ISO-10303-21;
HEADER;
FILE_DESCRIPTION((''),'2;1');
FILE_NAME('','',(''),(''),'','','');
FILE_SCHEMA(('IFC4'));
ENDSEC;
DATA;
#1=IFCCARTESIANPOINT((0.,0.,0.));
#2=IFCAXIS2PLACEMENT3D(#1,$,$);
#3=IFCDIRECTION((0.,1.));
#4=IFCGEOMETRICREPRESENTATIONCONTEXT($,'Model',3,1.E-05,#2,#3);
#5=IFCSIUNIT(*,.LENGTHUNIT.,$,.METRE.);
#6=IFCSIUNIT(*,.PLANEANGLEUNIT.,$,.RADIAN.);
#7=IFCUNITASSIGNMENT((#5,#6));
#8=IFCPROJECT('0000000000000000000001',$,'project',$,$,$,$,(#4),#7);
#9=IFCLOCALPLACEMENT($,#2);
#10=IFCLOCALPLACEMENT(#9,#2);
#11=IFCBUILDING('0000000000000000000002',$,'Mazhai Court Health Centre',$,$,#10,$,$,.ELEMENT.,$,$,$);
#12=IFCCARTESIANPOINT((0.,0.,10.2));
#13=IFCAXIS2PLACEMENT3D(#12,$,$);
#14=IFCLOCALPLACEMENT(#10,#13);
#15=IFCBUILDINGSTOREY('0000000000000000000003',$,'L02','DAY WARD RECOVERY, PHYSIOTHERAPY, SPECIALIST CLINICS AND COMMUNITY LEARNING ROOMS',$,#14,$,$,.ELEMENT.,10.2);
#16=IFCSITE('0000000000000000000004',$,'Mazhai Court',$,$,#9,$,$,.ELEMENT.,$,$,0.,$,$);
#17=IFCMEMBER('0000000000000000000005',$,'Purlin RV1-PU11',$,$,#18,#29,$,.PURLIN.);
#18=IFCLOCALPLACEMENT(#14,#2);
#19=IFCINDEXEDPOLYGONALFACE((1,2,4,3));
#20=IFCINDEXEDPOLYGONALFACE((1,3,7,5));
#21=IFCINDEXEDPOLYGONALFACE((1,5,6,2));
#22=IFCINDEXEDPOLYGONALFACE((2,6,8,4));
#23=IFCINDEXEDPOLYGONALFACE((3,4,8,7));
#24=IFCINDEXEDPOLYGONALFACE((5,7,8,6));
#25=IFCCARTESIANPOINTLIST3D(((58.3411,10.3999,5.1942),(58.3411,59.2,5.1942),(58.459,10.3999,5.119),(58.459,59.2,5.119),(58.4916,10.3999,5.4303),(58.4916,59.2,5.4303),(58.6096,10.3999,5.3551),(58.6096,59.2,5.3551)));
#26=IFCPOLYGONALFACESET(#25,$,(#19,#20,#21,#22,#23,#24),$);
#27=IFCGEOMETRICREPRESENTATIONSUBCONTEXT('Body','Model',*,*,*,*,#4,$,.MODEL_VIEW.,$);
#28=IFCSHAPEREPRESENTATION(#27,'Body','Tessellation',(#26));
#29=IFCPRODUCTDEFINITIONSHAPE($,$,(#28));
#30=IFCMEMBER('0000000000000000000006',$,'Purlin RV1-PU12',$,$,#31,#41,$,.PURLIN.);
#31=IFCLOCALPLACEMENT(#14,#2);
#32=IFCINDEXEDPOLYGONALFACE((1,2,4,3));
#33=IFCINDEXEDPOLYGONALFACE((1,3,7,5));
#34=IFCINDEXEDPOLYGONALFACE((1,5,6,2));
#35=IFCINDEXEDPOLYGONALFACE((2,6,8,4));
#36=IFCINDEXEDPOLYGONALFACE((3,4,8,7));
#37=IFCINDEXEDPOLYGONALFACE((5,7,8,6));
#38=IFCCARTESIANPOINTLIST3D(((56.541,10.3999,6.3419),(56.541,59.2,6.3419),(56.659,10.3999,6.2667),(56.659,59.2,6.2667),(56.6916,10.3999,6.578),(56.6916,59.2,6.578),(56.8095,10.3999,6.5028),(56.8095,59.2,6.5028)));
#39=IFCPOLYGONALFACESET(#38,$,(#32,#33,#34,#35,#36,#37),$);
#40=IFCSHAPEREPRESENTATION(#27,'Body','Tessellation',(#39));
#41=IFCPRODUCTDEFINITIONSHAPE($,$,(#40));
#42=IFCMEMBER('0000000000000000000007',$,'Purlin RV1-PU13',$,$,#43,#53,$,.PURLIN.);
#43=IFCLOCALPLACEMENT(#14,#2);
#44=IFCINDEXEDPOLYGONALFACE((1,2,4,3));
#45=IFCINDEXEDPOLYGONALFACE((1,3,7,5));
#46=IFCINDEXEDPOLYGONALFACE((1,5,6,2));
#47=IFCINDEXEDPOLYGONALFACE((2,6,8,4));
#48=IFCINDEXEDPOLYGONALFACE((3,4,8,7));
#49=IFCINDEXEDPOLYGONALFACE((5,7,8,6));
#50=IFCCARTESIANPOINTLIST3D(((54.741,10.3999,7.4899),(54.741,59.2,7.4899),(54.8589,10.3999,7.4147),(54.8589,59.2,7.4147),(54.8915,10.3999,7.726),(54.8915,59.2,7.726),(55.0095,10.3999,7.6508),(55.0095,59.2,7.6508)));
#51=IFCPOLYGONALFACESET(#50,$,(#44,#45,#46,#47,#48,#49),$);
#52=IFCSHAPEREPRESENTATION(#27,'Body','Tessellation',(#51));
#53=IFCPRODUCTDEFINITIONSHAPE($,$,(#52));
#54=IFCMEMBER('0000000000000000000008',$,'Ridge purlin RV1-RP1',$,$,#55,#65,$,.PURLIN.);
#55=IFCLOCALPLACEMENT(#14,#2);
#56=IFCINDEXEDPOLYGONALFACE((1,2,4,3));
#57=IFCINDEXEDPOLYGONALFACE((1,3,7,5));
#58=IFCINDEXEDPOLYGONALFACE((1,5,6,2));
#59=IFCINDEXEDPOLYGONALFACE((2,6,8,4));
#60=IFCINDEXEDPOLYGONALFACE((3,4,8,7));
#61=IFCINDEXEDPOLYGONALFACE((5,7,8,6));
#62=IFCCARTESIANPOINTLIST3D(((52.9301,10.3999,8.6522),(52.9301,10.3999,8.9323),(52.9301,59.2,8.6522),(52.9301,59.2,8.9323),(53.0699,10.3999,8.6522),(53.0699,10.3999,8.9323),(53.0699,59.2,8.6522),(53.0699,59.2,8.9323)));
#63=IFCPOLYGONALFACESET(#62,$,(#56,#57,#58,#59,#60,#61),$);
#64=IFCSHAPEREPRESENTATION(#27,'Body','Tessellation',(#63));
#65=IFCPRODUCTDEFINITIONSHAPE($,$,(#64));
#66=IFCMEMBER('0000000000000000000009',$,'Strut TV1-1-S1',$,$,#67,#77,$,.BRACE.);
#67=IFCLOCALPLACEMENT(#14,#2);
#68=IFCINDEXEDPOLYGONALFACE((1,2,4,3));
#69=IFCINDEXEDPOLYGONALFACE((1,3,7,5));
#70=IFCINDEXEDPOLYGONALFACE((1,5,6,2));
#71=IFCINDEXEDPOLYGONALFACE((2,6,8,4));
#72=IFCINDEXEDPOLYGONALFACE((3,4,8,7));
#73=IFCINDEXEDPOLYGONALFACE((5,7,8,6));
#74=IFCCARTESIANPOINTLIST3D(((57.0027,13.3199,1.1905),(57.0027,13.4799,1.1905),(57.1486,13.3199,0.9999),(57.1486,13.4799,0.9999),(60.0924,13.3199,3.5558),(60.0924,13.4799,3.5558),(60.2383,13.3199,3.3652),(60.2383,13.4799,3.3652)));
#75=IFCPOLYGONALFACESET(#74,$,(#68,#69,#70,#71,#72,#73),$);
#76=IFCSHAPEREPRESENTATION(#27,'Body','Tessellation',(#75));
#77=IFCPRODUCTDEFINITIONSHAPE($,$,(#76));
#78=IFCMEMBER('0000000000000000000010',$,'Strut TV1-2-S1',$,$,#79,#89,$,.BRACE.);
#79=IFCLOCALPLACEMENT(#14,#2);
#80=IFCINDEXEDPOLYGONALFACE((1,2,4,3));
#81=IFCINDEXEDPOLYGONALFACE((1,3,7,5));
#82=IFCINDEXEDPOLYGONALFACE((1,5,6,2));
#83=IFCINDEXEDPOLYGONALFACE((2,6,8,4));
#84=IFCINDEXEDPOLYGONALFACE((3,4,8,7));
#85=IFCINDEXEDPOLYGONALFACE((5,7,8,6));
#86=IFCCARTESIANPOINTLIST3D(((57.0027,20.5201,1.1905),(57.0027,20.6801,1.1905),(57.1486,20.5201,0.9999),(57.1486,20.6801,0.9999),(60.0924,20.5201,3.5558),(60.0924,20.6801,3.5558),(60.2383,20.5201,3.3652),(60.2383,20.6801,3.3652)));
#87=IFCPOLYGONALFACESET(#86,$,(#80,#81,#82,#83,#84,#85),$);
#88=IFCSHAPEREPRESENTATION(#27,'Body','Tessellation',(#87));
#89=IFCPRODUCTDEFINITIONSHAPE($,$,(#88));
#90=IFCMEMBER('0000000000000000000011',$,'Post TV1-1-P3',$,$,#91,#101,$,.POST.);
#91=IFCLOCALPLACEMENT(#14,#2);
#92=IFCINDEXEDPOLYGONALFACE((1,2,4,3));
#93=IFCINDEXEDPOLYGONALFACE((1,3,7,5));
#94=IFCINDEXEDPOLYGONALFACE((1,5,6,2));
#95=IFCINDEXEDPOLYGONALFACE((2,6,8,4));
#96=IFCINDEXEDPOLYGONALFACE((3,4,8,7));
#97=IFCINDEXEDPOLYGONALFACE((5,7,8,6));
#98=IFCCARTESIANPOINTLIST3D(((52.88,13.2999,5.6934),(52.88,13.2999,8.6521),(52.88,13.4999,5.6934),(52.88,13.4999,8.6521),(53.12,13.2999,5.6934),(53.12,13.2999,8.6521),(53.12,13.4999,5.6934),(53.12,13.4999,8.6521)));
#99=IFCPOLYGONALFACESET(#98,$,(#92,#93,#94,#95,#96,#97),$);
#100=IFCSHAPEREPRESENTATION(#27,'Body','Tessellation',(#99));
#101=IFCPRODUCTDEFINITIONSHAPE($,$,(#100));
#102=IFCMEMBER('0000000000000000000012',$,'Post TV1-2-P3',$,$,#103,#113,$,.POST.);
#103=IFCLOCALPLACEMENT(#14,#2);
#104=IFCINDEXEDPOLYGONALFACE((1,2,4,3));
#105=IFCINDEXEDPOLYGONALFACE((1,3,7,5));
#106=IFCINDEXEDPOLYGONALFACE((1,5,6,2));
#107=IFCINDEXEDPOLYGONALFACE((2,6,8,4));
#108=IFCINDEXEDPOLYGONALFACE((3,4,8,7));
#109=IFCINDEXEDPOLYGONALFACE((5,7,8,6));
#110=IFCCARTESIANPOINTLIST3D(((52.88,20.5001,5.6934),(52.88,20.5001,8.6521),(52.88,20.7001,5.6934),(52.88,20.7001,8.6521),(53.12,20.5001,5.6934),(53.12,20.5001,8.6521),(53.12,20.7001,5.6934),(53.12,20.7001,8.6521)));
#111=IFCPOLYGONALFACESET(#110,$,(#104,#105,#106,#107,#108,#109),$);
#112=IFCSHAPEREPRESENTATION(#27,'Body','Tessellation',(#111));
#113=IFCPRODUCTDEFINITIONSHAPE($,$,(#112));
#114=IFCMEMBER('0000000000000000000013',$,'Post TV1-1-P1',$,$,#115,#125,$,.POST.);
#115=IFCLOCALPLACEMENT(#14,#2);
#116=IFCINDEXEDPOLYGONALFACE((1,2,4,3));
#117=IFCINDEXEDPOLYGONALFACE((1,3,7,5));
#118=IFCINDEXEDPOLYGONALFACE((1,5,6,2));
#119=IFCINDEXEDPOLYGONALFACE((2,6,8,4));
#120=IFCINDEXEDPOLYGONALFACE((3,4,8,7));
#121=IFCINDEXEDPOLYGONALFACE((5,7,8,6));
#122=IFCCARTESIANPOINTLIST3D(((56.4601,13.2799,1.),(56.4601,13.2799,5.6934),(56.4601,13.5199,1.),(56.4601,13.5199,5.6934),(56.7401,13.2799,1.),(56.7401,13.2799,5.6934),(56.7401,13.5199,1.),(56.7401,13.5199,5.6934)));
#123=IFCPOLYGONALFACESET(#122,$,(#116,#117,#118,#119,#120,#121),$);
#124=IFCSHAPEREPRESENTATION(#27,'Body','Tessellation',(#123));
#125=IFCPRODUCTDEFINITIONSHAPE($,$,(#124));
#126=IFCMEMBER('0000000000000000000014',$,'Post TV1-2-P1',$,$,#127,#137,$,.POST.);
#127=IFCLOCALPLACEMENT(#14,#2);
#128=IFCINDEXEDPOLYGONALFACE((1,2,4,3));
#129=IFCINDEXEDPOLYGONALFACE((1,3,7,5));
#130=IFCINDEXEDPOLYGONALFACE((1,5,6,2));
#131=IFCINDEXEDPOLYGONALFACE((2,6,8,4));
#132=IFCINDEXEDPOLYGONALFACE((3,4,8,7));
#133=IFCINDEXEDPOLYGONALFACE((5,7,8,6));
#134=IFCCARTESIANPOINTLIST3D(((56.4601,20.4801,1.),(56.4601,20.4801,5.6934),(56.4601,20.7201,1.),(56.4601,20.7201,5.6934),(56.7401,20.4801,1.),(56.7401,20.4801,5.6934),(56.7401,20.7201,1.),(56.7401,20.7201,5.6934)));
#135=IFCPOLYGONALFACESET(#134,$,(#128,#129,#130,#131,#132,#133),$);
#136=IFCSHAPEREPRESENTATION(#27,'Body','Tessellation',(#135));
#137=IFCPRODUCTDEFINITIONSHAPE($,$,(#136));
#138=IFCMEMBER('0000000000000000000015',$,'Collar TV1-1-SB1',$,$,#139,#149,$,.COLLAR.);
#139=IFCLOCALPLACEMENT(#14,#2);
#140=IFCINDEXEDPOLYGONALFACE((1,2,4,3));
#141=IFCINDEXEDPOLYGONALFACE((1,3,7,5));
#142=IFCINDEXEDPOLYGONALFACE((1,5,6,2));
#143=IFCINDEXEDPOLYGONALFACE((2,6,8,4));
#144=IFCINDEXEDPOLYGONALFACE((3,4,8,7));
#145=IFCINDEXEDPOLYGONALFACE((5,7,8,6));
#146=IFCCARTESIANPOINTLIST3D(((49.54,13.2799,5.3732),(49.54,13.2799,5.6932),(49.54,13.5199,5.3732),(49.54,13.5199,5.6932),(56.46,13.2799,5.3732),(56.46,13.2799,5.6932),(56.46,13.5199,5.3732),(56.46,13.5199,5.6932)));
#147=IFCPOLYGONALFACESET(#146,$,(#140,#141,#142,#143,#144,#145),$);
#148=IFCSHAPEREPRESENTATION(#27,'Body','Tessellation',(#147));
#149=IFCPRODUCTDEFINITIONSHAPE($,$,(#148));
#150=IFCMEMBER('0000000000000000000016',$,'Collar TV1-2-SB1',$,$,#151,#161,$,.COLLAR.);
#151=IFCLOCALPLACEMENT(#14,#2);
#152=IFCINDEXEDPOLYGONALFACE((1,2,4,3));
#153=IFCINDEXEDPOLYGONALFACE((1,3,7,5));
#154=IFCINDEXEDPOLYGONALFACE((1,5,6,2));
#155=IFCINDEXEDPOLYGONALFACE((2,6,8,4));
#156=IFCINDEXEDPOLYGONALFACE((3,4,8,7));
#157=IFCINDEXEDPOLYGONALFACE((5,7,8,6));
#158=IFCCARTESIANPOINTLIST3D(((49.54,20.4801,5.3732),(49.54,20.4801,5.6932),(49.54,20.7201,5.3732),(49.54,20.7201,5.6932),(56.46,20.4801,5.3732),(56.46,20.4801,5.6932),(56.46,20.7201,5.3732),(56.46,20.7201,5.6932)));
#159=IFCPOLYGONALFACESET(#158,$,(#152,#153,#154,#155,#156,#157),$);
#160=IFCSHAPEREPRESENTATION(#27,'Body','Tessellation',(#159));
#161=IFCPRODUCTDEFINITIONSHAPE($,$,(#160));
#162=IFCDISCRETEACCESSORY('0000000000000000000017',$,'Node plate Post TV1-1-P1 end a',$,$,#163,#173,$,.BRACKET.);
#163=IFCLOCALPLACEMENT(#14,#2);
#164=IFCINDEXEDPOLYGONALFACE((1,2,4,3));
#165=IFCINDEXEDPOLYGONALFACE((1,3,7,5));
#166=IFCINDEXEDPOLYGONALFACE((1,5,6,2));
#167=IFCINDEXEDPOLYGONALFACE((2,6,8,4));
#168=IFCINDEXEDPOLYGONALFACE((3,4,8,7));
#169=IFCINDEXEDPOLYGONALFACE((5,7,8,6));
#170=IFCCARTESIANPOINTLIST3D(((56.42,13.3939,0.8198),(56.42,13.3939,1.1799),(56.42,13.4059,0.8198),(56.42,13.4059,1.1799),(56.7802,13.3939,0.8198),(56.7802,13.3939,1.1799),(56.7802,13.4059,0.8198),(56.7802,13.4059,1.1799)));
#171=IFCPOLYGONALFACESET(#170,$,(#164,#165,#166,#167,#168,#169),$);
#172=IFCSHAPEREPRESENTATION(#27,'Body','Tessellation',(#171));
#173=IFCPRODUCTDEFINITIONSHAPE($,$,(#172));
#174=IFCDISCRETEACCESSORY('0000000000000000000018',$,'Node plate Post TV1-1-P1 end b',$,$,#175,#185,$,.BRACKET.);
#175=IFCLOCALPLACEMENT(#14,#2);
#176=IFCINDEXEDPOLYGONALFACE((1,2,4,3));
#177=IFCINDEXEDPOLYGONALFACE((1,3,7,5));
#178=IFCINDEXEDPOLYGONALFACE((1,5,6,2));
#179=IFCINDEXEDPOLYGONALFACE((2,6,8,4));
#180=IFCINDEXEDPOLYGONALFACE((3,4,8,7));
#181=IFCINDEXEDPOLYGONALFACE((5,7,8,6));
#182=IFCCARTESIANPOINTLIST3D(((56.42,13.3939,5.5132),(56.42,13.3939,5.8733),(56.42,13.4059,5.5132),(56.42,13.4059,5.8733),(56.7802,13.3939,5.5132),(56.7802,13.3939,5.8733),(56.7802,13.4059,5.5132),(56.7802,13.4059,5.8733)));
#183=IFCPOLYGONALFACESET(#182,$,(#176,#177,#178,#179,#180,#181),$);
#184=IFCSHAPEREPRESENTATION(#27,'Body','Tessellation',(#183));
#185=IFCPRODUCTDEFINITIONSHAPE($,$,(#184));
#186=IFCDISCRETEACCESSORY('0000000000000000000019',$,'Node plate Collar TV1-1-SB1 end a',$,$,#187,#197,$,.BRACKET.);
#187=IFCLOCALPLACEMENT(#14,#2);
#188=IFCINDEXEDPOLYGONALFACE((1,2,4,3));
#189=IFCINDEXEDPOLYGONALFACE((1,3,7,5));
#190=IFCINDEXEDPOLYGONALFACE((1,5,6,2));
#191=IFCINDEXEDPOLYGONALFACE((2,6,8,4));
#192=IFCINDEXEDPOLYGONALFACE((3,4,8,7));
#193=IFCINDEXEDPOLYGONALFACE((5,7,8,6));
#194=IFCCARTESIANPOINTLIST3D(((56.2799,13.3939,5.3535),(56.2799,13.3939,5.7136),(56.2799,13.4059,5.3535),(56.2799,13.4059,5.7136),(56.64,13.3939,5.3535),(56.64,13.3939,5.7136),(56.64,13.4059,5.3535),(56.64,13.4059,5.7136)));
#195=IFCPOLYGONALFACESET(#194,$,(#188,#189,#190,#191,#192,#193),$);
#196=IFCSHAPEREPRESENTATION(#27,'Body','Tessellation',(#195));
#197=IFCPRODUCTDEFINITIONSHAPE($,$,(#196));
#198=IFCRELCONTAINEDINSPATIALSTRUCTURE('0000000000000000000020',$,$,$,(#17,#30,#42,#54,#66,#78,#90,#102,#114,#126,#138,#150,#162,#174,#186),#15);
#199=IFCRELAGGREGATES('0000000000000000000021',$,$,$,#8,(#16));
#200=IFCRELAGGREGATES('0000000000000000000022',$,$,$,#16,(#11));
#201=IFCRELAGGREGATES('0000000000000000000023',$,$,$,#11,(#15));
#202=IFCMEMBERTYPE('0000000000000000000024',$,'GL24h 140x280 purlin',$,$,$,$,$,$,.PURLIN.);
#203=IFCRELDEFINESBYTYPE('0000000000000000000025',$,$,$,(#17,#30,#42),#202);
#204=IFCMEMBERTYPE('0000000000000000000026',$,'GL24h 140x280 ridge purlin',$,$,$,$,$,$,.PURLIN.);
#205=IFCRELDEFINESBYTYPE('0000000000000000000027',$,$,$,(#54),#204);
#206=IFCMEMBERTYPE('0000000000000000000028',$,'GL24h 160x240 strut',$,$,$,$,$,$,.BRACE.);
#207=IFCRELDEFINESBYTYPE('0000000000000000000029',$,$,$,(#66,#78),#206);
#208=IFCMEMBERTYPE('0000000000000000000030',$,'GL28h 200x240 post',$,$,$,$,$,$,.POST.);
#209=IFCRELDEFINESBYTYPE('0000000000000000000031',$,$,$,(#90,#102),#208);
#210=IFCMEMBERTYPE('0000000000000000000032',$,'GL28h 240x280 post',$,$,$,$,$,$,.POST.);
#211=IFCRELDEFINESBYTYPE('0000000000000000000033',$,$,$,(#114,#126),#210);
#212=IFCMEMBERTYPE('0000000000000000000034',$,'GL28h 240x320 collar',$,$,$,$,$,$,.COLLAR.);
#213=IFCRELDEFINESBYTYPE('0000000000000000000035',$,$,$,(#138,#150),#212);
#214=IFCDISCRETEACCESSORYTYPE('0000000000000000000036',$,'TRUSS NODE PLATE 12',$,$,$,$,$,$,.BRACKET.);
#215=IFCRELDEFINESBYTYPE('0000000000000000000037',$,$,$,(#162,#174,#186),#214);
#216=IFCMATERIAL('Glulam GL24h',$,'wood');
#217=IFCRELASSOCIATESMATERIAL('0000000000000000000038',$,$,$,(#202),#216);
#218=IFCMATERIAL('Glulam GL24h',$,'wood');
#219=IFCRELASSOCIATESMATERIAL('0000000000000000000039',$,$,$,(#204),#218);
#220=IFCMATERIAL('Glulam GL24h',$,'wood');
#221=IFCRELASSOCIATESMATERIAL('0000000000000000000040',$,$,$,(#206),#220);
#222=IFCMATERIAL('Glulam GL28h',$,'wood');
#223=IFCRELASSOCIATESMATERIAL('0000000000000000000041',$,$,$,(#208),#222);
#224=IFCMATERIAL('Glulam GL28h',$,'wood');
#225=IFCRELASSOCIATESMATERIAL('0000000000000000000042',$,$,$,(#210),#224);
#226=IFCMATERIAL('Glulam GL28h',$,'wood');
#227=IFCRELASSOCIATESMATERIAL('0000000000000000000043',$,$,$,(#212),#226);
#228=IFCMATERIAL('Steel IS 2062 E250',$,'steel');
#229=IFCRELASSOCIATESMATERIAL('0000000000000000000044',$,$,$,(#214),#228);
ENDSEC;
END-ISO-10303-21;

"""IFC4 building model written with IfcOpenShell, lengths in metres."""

from ifc_helpers import new_model, si_unit, direction, frame, origin, origin_2d, place, context, subcontext, project, spatial, rectangle, extrude, material, material_profile, profile_set, type_object, element, save


model = new_model("IFC4")

# Units and contexts
model_context = context("Model", 3, precision=1e-05, world=origin(), true_north=direction((0.0, 1.0)))
body_context = subcontext(model_context, "Body", "Model", "MODEL_VIEW")
ifc_project = project(units=[si_unit("LENGTHUNIT", "METRE"), si_unit("PLANEANGLEUNIT", "RADIAN")], contexts=[model_context])

# Site, building, storey
site_placement = place(None, origin())
site = spatial("IfcSite", under=ifc_project, at=site_placement, Name="Mazhai Court", CompositionType="ELEMENT", RefElevation=0.0)
building_placement = place(site_placement, origin())
building = spatial("IfcBuilding", under=site, at=building_placement, Name="Mazhai Court Health Centre", CompositionType="ELEMENT")
storey_placement = place(building_placement, frame((0.0, 0.0, 10.2)))
storey = spatial("IfcBuildingStorey", under=building, at=storey_placement, Name="L02", Description="DAY WARD RECOVERY, PHYSIOTHERAPY, SPECIALIST CLINICS AND COMMUNITY LEARNING ROOMS", CompositionType="ELEMENT", Elevation=10.2)

# Members
ifc_material_1 = material(Name="Glulam GL24h", Category="wood")
ifc_material_profile_1 = material_profile(ifc_material_1, rectangle(XDim=0.1399, YDim=0.28, at=origin_2d()), Name="GL24h 140x280")
ifc_profile_set_1 = profile_set([ifc_material_profile_1], Name="Glulam GL24h")
member_type_1 = type_object("IfcMemberType", Name="GL24h 140x280 purlin", PredefinedType="PURLIN", material=ifc_profile_set_1)
for number, where, z_axis, x_axis, name in (
    (1, (58.4753, 10.3999, 5.2747), (0.0, 1.0, 0.0), (-0.843162, 0.0, 0.53766), "Purlin RV1-PU11"),
    (2, (56.6753, 10.3999, 6.4224), (0.0, 1.0, 0.0), (-0.843162, 0.0, 0.53766), "Purlin RV1-PU12"),
    (3, (54.8752, 10.3999, 7.5703), (0.0, 1.0, 0.0), (-0.843162, 0.0, 0.53766), "Purlin RV1-PU13"),
):
    element("IfcMember", number, at=place(storey_placement, frame(where, z_axis=z_axis, x_axis=x_axis)), inside=storey, type_object=member_type_1, Name=name, PredefinedType="PURLIN", context=body_context, shape_type="SweptSolid", body=[
        extrude(rectangle(XDim=0.1399, YDim=0.28, at=origin_2d()), origin(), (0.0, 0.0, 1.0), 48.8),
    ])
ifc_material_2 = material(Name="Glulam GL24h", Category="wood")
ifc_material_profile_2 = material_profile(ifc_material_2, rectangle(XDim=0.1399, YDim=0.28, at=origin_2d()), Name="GL24h 140x280")
ifc_profile_set_2 = profile_set([ifc_material_profile_2], Name="Glulam GL24h")
member_type_2 = type_object("IfcMemberType", Name="GL24h 140x280 ridge purlin", PredefinedType="PURLIN", material=ifc_profile_set_2)
member_placement = place(storey_placement, frame((53.0, 10.3999, 8.7922), z_axis=(0.0, 1.0, 0.0), x_axis=(-1.0, 0.0, 0.0)))
element("IfcMember", 4, at=member_placement, inside=storey, type_object=member_type_2, Name="Ridge purlin RV1-RP1", PredefinedType="PURLIN", context=body_context, shape_type="SweptSolid", body=[
    extrude(rectangle(XDim=0.1399, YDim=0.28, at=origin_2d()), origin(), (0.0, 0.0, 1.0), 48.8),
])
ifc_material_3 = material(Name="Glulam GL24h", Category="wood")
ifc_material_profile_3 = material_profile(ifc_material_3, rectangle(XDim=0.1599, YDim=0.24, at=origin_2d()), Name="GL24h 160x240")
ifc_profile_set_3 = profile_set([ifc_material_profile_3], Name="Glulam GL24h")
member_type_3 = type_object("IfcMemberType", Name="GL24h 160x240 strut", PredefinedType="BRACE", material=ifc_profile_set_3)
for number, where, z_axis, x_axis, name in (
    (5, (57.0757, 13.3999, 1.0952), (0.794035, 0.0, 0.607872), (0.0, 1.0, 0.0), "Strut TV1-1-S1"),
    (6, (57.0757, 20.6001, 1.0952), (0.794035, 0.0, 0.607872), (0.0, 1.0, 0.0), "Strut TV1-2-S1"),
):
    element("IfcMember", number, at=place(storey_placement, frame(where, z_axis=z_axis, x_axis=x_axis)), inside=storey, type_object=member_type_3, Name=name, PredefinedType="BRACE", context=body_context, shape_type="SweptSolid", body=[
        extrude(rectangle(XDim=0.1599, YDim=0.24, at=origin_2d()), origin(), (0.0, 0.0, 1.0), 3.8911),
    ])
ifc_material_4 = material(Name="Glulam GL28h", Category="wood")
ifc_material_profile_4 = material_profile(ifc_material_4, rectangle(XDim=0.2, YDim=0.24, at=origin_2d()), Name="GL28h 200x240")
ifc_profile_set_4 = profile_set([ifc_material_profile_4], Name="Glulam GL28h")
member_type_4 = type_object("IfcMemberType", Name="GL28h 200x240 post", PredefinedType="POST", material=ifc_profile_set_4)
for number, where, z_axis, x_axis, name in (
    (7, (53.0, 13.3999, 5.6934), (0.0, 0.0, 1.0), (0.0, 1.0, 0.0), "Post TV1-1-P3"),
    (8, (53.0, 20.6001, 5.6934), (0.0, 0.0, 1.0), (0.0, 1.0, 0.0), "Post TV1-2-P3"),
):
    element("IfcMember", number, at=place(storey_placement, frame(where, z_axis=z_axis, x_axis=x_axis)), inside=storey, type_object=member_type_4, Name=name, PredefinedType="POST", context=body_context, shape_type="SweptSolid", body=[
        extrude(rectangle(XDim=0.2, YDim=0.24, at=origin_2d()), origin(), (0.0, 0.0, 1.0), 2.9587),
    ])
ifc_material_5 = material(Name="Glulam GL28h", Category="wood")
ifc_material_profile_5 = material_profile(ifc_material_5, rectangle(XDim=0.24, YDim=0.28, at=origin_2d()), Name="GL28h 240x280")
ifc_profile_set_5 = profile_set([ifc_material_profile_5], Name="Glulam GL28h")
member_type_5 = type_object("IfcMemberType", Name="GL28h 240x280 post", PredefinedType="POST", material=ifc_profile_set_5)
for number, where, z_axis, x_axis, name in (
    (9, (56.6001, 13.3999, 1.0), (0.0, 0.0, 1.0), (0.0, 1.0, 0.0), "Post TV1-1-P1"),
    (10, (56.6001, 20.6001, 1.0), (0.0, 0.0, 1.0), (0.0, 1.0, 0.0), "Post TV1-2-P1"),
):
    element("IfcMember", number, at=place(storey_placement, frame(where, z_axis=z_axis, x_axis=x_axis)), inside=storey, type_object=member_type_5, Name=name, PredefinedType="POST", context=body_context, shape_type="SweptSolid", body=[
        extrude(rectangle(XDim=0.24, YDim=0.28, at=origin_2d()), origin(), (0.0, 0.0, 1.0), 4.6934),
    ])
ifc_material_6 = material(Name="Glulam GL28h", Category="wood")
ifc_material_profile_6 = material_profile(ifc_material_6, rectangle(XDim=0.24, YDim=0.3201, at=origin_2d()), Name="GL28h 240x320")
ifc_profile_set_6 = profile_set([ifc_material_profile_6], Name="Glulam GL28h")
member_type_6 = type_object("IfcMemberType", Name="GL28h 240x320 collar", PredefinedType="COLLAR", material=ifc_profile_set_6)
for number, where, z_axis, x_axis, name in (
    (11, (56.46, 13.3999, 5.5332), (-1.0, 0.0, 0.0), (0.0, -1.0, 0.0), "Collar TV1-1-SB1"),
    (12, (56.46, 20.6001, 5.5332), (-1.0, 0.0, 0.0), (0.0, -1.0, 0.0), "Collar TV1-2-SB1"),
):
    element("IfcMember", number, at=place(storey_placement, frame(where, z_axis=z_axis, x_axis=x_axis)), inside=storey, type_object=member_type_6, Name=name, PredefinedType="COLLAR", context=body_context, shape_type="SweptSolid", body=[
        extrude(rectangle(XDim=0.24, YDim=0.3201, at=origin_2d()), origin(), (0.0, 0.0, 1.0), 6.9199),
    ])

# Discrete accessories
ifc_material_7 = material(Name="Steel IS 2062 E250", Category="steel")
discrete_accessory_type = type_object("IfcDiscreteAccessoryType", Name="TRUSS NODE PLATE 12", PredefinedType="BRACKET", material=ifc_material_7)
for number, where, z_axis, x_axis, name in (
    (13, (56.6001, 13.3999, 0.8198), (0.0, 0.0, 1.0), (1.0, 0.0, 0.0), "Node plate Post TV1-1-P1 end a"),
    (14, (56.6001, 13.3999, 5.5132), (0.0, 0.0, 1.0), (1.0, 0.0, 0.0), "Node plate Post TV1-1-P1 end b"),
    (15, (56.46, 13.3999, 5.3535), (0.0, 0.0, 1.0), (1.0, 0.0, 0.0), "Node plate Collar TV1-1-SB1 end a"),
):
    element("IfcDiscreteAccessory", number, at=place(storey_placement, frame(where, z_axis=z_axis, x_axis=x_axis)), inside=storey, type_object=discrete_accessory_type, Name=name, PredefinedType="BRACKET", context=body_context, shape_type="SweptSolid", body=[
        extrude(rectangle(XDim=0.3601, YDim=0.012, at=origin_2d()), origin(), (0.0, 0.0, 1.0), 0.3601),
    ])

save(model, "model.ifc")
